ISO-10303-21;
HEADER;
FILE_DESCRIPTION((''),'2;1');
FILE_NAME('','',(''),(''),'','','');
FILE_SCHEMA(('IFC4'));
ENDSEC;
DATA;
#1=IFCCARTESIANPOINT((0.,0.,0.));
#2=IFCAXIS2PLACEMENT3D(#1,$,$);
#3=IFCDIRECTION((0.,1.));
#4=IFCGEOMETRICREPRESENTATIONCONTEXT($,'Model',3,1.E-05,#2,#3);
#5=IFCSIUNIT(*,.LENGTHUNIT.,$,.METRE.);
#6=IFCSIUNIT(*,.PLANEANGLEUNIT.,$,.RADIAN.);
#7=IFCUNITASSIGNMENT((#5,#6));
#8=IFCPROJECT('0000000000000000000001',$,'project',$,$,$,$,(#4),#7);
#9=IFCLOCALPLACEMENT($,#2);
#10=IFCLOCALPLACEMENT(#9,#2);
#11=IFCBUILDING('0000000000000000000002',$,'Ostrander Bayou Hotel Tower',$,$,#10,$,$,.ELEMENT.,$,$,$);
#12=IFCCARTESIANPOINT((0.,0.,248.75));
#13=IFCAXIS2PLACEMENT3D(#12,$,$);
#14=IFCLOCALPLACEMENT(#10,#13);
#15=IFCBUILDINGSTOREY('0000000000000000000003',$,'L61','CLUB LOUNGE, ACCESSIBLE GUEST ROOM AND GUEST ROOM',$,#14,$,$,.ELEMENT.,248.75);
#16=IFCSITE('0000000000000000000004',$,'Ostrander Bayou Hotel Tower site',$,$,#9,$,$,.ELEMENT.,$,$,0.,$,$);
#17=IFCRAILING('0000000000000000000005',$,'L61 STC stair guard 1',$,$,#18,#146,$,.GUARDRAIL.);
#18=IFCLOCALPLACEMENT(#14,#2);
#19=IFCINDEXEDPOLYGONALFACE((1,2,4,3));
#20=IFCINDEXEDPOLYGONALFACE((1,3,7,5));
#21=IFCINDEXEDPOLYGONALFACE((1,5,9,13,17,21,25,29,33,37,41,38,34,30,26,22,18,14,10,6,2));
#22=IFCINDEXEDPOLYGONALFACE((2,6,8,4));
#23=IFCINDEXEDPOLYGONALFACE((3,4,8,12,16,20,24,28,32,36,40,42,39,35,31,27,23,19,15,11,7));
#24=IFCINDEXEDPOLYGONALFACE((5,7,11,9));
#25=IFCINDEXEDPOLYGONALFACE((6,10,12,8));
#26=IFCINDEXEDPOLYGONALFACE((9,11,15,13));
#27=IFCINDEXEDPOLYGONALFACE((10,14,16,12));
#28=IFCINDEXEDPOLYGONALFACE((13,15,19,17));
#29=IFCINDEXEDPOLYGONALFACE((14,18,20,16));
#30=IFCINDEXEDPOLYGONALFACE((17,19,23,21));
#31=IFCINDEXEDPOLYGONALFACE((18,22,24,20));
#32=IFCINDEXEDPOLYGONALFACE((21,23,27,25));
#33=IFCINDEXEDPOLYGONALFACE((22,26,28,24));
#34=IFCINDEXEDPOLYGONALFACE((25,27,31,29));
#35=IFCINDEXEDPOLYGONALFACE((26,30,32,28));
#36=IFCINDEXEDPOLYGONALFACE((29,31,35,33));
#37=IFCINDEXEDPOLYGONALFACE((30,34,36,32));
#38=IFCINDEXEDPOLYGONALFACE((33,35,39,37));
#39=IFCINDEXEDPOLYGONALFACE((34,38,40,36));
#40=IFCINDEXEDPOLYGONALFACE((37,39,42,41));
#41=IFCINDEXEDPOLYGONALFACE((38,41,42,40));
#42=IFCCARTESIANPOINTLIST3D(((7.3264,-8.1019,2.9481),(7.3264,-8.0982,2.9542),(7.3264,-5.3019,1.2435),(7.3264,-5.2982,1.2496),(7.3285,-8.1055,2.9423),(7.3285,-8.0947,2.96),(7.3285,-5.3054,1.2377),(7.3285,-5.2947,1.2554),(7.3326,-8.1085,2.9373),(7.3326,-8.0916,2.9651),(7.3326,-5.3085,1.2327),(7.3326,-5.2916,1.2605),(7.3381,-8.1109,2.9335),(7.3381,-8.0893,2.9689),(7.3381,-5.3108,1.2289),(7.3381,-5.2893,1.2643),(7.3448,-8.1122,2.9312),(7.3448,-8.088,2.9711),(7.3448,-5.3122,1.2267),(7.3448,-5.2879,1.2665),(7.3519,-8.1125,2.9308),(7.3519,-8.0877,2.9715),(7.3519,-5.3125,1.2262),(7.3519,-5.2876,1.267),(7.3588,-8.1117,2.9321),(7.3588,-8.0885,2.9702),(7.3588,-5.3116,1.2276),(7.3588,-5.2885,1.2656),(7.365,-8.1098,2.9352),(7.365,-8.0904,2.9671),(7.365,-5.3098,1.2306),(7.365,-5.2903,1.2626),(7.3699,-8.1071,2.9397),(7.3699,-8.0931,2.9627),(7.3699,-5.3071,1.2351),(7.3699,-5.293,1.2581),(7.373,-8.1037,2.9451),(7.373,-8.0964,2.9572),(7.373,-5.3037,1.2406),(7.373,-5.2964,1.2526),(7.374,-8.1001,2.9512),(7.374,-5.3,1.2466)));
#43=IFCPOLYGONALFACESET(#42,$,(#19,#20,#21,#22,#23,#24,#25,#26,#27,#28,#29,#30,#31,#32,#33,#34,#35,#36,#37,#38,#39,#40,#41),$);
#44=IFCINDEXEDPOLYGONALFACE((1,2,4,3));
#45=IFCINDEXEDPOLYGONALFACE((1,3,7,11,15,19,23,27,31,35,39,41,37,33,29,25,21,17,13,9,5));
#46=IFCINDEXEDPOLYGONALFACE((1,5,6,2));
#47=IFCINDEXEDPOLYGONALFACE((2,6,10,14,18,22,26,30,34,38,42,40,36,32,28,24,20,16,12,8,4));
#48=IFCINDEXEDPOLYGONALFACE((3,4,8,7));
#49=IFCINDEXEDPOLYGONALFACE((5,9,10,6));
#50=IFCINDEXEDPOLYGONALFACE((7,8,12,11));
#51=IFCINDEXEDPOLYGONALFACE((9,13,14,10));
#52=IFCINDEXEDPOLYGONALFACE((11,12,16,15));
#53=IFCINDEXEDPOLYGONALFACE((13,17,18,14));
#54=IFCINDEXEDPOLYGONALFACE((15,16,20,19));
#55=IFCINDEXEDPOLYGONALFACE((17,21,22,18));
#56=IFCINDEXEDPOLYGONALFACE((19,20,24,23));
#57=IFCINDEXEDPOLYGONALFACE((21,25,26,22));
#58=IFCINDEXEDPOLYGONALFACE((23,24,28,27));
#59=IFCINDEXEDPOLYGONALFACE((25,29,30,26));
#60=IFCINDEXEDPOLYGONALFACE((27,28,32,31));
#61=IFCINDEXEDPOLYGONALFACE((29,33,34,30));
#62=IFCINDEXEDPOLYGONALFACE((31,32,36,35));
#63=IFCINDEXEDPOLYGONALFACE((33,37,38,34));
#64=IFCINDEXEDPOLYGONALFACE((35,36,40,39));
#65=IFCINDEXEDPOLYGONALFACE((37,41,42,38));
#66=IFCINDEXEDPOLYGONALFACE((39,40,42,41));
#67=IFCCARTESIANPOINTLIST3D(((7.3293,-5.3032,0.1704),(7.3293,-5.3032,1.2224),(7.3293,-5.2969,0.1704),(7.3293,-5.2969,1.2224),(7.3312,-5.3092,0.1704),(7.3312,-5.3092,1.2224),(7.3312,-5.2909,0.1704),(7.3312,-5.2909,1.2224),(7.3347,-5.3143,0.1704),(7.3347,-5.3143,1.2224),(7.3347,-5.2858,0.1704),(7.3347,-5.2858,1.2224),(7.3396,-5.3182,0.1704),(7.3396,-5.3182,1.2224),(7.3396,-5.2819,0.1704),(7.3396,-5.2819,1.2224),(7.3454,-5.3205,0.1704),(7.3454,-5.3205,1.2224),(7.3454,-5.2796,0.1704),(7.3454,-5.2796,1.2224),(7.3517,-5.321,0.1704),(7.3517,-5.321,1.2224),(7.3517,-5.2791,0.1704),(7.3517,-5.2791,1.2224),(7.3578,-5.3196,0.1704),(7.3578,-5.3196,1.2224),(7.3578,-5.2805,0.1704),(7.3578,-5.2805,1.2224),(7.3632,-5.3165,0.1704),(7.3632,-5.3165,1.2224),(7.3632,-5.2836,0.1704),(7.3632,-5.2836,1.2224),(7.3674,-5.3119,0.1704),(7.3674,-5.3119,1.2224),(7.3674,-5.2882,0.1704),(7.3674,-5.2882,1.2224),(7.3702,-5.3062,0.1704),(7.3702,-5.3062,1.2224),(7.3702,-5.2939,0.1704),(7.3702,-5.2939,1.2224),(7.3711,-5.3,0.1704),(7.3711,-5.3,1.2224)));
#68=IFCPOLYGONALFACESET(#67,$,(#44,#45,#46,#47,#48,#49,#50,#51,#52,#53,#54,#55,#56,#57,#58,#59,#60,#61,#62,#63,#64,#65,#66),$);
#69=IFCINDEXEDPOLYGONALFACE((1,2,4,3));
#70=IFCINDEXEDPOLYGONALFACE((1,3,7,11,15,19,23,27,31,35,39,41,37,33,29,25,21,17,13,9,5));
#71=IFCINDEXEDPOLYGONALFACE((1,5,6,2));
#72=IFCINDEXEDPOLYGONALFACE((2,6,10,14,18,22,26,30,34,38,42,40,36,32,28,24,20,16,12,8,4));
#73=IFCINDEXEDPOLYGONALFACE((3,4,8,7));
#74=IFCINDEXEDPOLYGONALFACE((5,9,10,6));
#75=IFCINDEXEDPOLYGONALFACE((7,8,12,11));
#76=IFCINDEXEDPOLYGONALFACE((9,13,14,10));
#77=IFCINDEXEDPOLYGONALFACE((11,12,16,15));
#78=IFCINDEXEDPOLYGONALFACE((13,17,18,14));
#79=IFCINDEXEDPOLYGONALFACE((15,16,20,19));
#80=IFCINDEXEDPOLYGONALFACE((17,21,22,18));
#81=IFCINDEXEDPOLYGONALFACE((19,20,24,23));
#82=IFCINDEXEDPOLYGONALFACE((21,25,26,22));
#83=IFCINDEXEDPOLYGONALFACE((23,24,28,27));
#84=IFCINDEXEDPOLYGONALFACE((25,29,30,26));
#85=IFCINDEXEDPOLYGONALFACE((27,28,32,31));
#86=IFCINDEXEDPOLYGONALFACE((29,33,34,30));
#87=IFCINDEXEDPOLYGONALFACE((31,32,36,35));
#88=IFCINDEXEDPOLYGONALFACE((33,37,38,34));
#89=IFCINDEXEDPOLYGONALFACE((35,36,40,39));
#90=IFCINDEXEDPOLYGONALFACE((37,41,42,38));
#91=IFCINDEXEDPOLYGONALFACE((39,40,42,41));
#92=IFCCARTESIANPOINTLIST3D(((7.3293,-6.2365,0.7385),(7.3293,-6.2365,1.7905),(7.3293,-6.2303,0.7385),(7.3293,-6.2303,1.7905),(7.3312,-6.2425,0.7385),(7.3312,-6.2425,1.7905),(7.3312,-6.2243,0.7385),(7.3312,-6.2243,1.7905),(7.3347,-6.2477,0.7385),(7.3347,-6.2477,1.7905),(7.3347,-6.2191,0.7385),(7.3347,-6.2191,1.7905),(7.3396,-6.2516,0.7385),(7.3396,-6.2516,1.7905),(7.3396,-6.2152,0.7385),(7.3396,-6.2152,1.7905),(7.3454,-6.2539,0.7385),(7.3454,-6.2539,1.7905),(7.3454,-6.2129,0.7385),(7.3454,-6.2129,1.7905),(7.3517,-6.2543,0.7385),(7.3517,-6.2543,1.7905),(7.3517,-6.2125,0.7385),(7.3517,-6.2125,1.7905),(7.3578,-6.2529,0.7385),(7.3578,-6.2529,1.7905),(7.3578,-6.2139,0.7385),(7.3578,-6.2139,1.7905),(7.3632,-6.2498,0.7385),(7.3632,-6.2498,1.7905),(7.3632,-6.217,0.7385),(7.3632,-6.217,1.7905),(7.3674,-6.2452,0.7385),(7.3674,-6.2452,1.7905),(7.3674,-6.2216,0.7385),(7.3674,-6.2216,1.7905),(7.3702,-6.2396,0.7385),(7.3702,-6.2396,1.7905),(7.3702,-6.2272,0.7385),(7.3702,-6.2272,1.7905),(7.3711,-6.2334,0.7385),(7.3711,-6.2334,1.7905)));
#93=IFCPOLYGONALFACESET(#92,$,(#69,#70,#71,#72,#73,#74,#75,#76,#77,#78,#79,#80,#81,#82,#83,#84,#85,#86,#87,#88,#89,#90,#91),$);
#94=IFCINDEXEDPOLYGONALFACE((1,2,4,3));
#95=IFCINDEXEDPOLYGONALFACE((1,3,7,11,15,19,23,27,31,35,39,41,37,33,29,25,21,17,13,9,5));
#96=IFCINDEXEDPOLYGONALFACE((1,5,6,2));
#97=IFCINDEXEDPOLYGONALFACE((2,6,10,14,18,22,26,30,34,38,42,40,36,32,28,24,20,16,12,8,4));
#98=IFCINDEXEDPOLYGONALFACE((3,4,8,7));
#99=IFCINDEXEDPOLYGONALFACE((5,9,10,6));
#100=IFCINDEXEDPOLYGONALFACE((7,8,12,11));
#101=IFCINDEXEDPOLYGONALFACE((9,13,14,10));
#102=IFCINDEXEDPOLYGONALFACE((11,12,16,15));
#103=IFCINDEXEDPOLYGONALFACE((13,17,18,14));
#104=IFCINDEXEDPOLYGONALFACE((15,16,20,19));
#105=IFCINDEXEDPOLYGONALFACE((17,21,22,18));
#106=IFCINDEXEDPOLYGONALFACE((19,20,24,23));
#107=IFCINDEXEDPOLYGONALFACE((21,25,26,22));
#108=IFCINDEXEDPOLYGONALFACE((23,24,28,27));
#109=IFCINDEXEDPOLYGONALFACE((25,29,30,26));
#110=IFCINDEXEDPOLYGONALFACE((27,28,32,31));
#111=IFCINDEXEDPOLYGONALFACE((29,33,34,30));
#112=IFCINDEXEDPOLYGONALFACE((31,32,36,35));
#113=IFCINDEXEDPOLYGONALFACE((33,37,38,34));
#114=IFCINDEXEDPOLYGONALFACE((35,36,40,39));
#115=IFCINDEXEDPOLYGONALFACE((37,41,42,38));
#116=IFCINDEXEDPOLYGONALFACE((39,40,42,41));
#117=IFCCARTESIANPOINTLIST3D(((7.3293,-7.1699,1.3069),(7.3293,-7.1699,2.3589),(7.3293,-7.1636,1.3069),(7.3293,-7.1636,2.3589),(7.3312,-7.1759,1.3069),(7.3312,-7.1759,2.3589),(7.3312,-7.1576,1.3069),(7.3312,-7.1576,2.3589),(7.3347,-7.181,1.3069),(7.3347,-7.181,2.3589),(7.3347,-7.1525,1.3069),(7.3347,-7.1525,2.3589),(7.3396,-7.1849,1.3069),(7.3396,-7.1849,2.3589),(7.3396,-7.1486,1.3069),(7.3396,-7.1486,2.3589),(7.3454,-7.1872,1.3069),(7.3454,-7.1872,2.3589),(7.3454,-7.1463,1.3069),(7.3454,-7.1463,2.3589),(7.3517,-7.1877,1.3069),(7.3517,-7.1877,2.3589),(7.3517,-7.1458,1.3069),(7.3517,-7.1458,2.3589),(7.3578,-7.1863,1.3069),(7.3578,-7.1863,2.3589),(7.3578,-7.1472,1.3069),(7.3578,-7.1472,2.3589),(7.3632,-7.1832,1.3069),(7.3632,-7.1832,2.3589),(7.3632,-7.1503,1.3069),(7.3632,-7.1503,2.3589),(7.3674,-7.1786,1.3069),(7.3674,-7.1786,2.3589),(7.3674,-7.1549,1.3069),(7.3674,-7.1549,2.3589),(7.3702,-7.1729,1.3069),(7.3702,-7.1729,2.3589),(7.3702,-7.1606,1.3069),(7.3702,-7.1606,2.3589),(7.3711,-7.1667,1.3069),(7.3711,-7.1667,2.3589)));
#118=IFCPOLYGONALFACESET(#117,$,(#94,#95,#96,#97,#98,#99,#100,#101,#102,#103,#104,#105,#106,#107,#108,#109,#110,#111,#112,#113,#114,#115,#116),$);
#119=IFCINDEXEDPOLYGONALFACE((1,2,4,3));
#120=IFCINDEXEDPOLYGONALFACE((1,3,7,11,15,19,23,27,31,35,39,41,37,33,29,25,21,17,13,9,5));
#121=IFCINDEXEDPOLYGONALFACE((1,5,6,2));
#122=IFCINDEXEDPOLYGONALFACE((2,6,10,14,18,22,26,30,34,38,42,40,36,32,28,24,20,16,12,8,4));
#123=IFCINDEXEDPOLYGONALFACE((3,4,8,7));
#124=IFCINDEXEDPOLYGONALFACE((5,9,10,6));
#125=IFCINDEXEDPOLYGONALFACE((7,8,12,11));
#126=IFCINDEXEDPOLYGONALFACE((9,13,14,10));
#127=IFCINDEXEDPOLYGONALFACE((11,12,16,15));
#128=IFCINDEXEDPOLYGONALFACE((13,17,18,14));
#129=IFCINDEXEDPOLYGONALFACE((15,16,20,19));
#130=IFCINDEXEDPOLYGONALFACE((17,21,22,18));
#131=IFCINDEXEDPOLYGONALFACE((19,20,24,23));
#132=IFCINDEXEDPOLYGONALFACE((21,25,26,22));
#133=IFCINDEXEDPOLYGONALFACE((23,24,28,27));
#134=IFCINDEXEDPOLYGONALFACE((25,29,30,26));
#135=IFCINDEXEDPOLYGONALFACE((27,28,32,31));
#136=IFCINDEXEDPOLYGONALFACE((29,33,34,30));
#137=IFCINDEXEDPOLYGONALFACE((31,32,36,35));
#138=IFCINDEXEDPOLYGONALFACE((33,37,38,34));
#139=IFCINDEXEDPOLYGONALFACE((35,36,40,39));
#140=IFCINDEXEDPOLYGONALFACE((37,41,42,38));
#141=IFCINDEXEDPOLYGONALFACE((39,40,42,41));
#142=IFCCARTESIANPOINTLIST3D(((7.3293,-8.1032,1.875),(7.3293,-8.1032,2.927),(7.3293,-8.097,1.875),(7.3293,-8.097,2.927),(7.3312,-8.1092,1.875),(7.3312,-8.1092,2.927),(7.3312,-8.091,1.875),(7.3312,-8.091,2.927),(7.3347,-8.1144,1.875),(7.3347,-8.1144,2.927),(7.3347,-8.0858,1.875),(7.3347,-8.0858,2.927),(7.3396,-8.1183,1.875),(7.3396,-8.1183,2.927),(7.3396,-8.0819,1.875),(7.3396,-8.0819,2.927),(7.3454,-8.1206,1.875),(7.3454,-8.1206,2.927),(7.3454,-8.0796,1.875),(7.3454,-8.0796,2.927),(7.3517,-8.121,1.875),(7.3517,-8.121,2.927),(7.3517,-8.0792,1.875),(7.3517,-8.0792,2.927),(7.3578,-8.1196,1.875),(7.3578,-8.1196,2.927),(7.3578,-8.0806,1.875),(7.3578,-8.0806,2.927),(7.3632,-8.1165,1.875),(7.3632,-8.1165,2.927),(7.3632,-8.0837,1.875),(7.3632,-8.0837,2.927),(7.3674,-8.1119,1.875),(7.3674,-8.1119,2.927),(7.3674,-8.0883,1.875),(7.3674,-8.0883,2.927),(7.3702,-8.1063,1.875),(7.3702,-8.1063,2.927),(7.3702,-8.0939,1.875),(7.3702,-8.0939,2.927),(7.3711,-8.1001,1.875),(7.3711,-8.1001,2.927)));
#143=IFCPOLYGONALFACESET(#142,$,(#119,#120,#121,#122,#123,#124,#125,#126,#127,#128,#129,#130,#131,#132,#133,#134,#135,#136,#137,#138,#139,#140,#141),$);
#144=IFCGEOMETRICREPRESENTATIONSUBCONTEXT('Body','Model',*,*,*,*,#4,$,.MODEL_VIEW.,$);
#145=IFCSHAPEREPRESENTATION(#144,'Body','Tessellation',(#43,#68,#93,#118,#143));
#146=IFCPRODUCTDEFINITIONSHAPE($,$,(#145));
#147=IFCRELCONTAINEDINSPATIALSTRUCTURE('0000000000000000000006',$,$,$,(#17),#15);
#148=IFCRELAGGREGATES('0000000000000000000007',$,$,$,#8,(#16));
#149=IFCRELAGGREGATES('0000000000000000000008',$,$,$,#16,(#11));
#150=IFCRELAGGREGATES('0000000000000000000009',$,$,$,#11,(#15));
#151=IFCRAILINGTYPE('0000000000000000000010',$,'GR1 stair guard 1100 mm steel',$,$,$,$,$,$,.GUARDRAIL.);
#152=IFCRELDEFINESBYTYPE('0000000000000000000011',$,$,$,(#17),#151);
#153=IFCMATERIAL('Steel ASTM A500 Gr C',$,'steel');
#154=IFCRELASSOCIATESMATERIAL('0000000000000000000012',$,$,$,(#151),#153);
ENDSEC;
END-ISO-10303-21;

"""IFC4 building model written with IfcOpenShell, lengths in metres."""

from ifc_helpers import new_model, si_unit, direction, frame, origin, origin_2d, place, context, subcontext, project, spatial, circle, extrude, material, type_object, element, save


model = new_model("IFC4")

# Units and contexts
model_context = context("Model", 3, precision=1e-05, world=origin(), true_north=direction((0.0, 1.0)))
body_context = subcontext(model_context, "Body", "Model", "MODEL_VIEW")
ifc_project = project(units=[si_unit("LENGTHUNIT", "METRE"), si_unit("PLANEANGLEUNIT", "RADIAN")], contexts=[model_context])

# Site, building, storey
site_placement = place(None, origin())
site = spatial("IfcSite", under=ifc_project, at=site_placement, Name="Ostrander Bayou Hotel Tower site", CompositionType="ELEMENT", RefElevation=0.0)
building_placement = place(site_placement, origin())
building = spatial("IfcBuilding", under=site, at=building_placement, Name="Ostrander Bayou Hotel Tower", CompositionType="ELEMENT")
storey_placement = place(building_placement, frame((0.0, 0.0, 248.75)))
storey = spatial("IfcBuildingStorey", under=building, at=storey_placement, Name="L61", Description="CLUB LOUNGE, ACCESSIBLE GUEST ROOM AND GUEST ROOM", CompositionType="ELEMENT", Elevation=248.75)

# Railing
ifc_material_1 = material(Name="Steel ASTM A500 Gr C", Category="steel")
railing_type_1 = type_object("IfcRailingType", Name="GR1 stair guard 1100 mm steel", PredefinedType="GUARDRAIL", material=ifc_material_1)
railing_1_placement = place(storey_placement, frame((7.3501, -5.3, 0.1704)))
element("IfcRailing", 1, at=railing_1_placement, inside=storey, type_object=railing_type_1, Name="L61 STC stair guard 1", PredefinedType="GUARDRAIL", context=body_context, shape_type="SweptSolid", body=[
    extrude(circle(Radius=0.0239, at=origin_2d()), frame((0.0, 0.0, 1.0762), z_axis=(0.0, -0.85417, 0.519994), x_axis=(1.0, 0.0, 0.0)), (0.0, 0.0, 1.0), 3.2781),
    extrude(circle(Radius=0.021, at=origin_2d()), origin(), (0.0, 0.0, 1.0), 1.052),
    extrude(circle(Radius=0.021, at=origin_2d()), frame((0.0, -0.9333, 0.5681)), (0.0, 0.0, 1.0), 1.052),
    extrude(circle(Radius=0.021, at=origin_2d()), frame((0.0, -1.8667, 1.1365)), (0.0, 0.0, 1.0), 1.052),
    extrude(circle(Radius=0.021, at=origin_2d()), frame((0.0, -2.8, 1.7046)), (0.0, 0.0, 1.0), 1.052),
])

save(model, "model.ifc")
